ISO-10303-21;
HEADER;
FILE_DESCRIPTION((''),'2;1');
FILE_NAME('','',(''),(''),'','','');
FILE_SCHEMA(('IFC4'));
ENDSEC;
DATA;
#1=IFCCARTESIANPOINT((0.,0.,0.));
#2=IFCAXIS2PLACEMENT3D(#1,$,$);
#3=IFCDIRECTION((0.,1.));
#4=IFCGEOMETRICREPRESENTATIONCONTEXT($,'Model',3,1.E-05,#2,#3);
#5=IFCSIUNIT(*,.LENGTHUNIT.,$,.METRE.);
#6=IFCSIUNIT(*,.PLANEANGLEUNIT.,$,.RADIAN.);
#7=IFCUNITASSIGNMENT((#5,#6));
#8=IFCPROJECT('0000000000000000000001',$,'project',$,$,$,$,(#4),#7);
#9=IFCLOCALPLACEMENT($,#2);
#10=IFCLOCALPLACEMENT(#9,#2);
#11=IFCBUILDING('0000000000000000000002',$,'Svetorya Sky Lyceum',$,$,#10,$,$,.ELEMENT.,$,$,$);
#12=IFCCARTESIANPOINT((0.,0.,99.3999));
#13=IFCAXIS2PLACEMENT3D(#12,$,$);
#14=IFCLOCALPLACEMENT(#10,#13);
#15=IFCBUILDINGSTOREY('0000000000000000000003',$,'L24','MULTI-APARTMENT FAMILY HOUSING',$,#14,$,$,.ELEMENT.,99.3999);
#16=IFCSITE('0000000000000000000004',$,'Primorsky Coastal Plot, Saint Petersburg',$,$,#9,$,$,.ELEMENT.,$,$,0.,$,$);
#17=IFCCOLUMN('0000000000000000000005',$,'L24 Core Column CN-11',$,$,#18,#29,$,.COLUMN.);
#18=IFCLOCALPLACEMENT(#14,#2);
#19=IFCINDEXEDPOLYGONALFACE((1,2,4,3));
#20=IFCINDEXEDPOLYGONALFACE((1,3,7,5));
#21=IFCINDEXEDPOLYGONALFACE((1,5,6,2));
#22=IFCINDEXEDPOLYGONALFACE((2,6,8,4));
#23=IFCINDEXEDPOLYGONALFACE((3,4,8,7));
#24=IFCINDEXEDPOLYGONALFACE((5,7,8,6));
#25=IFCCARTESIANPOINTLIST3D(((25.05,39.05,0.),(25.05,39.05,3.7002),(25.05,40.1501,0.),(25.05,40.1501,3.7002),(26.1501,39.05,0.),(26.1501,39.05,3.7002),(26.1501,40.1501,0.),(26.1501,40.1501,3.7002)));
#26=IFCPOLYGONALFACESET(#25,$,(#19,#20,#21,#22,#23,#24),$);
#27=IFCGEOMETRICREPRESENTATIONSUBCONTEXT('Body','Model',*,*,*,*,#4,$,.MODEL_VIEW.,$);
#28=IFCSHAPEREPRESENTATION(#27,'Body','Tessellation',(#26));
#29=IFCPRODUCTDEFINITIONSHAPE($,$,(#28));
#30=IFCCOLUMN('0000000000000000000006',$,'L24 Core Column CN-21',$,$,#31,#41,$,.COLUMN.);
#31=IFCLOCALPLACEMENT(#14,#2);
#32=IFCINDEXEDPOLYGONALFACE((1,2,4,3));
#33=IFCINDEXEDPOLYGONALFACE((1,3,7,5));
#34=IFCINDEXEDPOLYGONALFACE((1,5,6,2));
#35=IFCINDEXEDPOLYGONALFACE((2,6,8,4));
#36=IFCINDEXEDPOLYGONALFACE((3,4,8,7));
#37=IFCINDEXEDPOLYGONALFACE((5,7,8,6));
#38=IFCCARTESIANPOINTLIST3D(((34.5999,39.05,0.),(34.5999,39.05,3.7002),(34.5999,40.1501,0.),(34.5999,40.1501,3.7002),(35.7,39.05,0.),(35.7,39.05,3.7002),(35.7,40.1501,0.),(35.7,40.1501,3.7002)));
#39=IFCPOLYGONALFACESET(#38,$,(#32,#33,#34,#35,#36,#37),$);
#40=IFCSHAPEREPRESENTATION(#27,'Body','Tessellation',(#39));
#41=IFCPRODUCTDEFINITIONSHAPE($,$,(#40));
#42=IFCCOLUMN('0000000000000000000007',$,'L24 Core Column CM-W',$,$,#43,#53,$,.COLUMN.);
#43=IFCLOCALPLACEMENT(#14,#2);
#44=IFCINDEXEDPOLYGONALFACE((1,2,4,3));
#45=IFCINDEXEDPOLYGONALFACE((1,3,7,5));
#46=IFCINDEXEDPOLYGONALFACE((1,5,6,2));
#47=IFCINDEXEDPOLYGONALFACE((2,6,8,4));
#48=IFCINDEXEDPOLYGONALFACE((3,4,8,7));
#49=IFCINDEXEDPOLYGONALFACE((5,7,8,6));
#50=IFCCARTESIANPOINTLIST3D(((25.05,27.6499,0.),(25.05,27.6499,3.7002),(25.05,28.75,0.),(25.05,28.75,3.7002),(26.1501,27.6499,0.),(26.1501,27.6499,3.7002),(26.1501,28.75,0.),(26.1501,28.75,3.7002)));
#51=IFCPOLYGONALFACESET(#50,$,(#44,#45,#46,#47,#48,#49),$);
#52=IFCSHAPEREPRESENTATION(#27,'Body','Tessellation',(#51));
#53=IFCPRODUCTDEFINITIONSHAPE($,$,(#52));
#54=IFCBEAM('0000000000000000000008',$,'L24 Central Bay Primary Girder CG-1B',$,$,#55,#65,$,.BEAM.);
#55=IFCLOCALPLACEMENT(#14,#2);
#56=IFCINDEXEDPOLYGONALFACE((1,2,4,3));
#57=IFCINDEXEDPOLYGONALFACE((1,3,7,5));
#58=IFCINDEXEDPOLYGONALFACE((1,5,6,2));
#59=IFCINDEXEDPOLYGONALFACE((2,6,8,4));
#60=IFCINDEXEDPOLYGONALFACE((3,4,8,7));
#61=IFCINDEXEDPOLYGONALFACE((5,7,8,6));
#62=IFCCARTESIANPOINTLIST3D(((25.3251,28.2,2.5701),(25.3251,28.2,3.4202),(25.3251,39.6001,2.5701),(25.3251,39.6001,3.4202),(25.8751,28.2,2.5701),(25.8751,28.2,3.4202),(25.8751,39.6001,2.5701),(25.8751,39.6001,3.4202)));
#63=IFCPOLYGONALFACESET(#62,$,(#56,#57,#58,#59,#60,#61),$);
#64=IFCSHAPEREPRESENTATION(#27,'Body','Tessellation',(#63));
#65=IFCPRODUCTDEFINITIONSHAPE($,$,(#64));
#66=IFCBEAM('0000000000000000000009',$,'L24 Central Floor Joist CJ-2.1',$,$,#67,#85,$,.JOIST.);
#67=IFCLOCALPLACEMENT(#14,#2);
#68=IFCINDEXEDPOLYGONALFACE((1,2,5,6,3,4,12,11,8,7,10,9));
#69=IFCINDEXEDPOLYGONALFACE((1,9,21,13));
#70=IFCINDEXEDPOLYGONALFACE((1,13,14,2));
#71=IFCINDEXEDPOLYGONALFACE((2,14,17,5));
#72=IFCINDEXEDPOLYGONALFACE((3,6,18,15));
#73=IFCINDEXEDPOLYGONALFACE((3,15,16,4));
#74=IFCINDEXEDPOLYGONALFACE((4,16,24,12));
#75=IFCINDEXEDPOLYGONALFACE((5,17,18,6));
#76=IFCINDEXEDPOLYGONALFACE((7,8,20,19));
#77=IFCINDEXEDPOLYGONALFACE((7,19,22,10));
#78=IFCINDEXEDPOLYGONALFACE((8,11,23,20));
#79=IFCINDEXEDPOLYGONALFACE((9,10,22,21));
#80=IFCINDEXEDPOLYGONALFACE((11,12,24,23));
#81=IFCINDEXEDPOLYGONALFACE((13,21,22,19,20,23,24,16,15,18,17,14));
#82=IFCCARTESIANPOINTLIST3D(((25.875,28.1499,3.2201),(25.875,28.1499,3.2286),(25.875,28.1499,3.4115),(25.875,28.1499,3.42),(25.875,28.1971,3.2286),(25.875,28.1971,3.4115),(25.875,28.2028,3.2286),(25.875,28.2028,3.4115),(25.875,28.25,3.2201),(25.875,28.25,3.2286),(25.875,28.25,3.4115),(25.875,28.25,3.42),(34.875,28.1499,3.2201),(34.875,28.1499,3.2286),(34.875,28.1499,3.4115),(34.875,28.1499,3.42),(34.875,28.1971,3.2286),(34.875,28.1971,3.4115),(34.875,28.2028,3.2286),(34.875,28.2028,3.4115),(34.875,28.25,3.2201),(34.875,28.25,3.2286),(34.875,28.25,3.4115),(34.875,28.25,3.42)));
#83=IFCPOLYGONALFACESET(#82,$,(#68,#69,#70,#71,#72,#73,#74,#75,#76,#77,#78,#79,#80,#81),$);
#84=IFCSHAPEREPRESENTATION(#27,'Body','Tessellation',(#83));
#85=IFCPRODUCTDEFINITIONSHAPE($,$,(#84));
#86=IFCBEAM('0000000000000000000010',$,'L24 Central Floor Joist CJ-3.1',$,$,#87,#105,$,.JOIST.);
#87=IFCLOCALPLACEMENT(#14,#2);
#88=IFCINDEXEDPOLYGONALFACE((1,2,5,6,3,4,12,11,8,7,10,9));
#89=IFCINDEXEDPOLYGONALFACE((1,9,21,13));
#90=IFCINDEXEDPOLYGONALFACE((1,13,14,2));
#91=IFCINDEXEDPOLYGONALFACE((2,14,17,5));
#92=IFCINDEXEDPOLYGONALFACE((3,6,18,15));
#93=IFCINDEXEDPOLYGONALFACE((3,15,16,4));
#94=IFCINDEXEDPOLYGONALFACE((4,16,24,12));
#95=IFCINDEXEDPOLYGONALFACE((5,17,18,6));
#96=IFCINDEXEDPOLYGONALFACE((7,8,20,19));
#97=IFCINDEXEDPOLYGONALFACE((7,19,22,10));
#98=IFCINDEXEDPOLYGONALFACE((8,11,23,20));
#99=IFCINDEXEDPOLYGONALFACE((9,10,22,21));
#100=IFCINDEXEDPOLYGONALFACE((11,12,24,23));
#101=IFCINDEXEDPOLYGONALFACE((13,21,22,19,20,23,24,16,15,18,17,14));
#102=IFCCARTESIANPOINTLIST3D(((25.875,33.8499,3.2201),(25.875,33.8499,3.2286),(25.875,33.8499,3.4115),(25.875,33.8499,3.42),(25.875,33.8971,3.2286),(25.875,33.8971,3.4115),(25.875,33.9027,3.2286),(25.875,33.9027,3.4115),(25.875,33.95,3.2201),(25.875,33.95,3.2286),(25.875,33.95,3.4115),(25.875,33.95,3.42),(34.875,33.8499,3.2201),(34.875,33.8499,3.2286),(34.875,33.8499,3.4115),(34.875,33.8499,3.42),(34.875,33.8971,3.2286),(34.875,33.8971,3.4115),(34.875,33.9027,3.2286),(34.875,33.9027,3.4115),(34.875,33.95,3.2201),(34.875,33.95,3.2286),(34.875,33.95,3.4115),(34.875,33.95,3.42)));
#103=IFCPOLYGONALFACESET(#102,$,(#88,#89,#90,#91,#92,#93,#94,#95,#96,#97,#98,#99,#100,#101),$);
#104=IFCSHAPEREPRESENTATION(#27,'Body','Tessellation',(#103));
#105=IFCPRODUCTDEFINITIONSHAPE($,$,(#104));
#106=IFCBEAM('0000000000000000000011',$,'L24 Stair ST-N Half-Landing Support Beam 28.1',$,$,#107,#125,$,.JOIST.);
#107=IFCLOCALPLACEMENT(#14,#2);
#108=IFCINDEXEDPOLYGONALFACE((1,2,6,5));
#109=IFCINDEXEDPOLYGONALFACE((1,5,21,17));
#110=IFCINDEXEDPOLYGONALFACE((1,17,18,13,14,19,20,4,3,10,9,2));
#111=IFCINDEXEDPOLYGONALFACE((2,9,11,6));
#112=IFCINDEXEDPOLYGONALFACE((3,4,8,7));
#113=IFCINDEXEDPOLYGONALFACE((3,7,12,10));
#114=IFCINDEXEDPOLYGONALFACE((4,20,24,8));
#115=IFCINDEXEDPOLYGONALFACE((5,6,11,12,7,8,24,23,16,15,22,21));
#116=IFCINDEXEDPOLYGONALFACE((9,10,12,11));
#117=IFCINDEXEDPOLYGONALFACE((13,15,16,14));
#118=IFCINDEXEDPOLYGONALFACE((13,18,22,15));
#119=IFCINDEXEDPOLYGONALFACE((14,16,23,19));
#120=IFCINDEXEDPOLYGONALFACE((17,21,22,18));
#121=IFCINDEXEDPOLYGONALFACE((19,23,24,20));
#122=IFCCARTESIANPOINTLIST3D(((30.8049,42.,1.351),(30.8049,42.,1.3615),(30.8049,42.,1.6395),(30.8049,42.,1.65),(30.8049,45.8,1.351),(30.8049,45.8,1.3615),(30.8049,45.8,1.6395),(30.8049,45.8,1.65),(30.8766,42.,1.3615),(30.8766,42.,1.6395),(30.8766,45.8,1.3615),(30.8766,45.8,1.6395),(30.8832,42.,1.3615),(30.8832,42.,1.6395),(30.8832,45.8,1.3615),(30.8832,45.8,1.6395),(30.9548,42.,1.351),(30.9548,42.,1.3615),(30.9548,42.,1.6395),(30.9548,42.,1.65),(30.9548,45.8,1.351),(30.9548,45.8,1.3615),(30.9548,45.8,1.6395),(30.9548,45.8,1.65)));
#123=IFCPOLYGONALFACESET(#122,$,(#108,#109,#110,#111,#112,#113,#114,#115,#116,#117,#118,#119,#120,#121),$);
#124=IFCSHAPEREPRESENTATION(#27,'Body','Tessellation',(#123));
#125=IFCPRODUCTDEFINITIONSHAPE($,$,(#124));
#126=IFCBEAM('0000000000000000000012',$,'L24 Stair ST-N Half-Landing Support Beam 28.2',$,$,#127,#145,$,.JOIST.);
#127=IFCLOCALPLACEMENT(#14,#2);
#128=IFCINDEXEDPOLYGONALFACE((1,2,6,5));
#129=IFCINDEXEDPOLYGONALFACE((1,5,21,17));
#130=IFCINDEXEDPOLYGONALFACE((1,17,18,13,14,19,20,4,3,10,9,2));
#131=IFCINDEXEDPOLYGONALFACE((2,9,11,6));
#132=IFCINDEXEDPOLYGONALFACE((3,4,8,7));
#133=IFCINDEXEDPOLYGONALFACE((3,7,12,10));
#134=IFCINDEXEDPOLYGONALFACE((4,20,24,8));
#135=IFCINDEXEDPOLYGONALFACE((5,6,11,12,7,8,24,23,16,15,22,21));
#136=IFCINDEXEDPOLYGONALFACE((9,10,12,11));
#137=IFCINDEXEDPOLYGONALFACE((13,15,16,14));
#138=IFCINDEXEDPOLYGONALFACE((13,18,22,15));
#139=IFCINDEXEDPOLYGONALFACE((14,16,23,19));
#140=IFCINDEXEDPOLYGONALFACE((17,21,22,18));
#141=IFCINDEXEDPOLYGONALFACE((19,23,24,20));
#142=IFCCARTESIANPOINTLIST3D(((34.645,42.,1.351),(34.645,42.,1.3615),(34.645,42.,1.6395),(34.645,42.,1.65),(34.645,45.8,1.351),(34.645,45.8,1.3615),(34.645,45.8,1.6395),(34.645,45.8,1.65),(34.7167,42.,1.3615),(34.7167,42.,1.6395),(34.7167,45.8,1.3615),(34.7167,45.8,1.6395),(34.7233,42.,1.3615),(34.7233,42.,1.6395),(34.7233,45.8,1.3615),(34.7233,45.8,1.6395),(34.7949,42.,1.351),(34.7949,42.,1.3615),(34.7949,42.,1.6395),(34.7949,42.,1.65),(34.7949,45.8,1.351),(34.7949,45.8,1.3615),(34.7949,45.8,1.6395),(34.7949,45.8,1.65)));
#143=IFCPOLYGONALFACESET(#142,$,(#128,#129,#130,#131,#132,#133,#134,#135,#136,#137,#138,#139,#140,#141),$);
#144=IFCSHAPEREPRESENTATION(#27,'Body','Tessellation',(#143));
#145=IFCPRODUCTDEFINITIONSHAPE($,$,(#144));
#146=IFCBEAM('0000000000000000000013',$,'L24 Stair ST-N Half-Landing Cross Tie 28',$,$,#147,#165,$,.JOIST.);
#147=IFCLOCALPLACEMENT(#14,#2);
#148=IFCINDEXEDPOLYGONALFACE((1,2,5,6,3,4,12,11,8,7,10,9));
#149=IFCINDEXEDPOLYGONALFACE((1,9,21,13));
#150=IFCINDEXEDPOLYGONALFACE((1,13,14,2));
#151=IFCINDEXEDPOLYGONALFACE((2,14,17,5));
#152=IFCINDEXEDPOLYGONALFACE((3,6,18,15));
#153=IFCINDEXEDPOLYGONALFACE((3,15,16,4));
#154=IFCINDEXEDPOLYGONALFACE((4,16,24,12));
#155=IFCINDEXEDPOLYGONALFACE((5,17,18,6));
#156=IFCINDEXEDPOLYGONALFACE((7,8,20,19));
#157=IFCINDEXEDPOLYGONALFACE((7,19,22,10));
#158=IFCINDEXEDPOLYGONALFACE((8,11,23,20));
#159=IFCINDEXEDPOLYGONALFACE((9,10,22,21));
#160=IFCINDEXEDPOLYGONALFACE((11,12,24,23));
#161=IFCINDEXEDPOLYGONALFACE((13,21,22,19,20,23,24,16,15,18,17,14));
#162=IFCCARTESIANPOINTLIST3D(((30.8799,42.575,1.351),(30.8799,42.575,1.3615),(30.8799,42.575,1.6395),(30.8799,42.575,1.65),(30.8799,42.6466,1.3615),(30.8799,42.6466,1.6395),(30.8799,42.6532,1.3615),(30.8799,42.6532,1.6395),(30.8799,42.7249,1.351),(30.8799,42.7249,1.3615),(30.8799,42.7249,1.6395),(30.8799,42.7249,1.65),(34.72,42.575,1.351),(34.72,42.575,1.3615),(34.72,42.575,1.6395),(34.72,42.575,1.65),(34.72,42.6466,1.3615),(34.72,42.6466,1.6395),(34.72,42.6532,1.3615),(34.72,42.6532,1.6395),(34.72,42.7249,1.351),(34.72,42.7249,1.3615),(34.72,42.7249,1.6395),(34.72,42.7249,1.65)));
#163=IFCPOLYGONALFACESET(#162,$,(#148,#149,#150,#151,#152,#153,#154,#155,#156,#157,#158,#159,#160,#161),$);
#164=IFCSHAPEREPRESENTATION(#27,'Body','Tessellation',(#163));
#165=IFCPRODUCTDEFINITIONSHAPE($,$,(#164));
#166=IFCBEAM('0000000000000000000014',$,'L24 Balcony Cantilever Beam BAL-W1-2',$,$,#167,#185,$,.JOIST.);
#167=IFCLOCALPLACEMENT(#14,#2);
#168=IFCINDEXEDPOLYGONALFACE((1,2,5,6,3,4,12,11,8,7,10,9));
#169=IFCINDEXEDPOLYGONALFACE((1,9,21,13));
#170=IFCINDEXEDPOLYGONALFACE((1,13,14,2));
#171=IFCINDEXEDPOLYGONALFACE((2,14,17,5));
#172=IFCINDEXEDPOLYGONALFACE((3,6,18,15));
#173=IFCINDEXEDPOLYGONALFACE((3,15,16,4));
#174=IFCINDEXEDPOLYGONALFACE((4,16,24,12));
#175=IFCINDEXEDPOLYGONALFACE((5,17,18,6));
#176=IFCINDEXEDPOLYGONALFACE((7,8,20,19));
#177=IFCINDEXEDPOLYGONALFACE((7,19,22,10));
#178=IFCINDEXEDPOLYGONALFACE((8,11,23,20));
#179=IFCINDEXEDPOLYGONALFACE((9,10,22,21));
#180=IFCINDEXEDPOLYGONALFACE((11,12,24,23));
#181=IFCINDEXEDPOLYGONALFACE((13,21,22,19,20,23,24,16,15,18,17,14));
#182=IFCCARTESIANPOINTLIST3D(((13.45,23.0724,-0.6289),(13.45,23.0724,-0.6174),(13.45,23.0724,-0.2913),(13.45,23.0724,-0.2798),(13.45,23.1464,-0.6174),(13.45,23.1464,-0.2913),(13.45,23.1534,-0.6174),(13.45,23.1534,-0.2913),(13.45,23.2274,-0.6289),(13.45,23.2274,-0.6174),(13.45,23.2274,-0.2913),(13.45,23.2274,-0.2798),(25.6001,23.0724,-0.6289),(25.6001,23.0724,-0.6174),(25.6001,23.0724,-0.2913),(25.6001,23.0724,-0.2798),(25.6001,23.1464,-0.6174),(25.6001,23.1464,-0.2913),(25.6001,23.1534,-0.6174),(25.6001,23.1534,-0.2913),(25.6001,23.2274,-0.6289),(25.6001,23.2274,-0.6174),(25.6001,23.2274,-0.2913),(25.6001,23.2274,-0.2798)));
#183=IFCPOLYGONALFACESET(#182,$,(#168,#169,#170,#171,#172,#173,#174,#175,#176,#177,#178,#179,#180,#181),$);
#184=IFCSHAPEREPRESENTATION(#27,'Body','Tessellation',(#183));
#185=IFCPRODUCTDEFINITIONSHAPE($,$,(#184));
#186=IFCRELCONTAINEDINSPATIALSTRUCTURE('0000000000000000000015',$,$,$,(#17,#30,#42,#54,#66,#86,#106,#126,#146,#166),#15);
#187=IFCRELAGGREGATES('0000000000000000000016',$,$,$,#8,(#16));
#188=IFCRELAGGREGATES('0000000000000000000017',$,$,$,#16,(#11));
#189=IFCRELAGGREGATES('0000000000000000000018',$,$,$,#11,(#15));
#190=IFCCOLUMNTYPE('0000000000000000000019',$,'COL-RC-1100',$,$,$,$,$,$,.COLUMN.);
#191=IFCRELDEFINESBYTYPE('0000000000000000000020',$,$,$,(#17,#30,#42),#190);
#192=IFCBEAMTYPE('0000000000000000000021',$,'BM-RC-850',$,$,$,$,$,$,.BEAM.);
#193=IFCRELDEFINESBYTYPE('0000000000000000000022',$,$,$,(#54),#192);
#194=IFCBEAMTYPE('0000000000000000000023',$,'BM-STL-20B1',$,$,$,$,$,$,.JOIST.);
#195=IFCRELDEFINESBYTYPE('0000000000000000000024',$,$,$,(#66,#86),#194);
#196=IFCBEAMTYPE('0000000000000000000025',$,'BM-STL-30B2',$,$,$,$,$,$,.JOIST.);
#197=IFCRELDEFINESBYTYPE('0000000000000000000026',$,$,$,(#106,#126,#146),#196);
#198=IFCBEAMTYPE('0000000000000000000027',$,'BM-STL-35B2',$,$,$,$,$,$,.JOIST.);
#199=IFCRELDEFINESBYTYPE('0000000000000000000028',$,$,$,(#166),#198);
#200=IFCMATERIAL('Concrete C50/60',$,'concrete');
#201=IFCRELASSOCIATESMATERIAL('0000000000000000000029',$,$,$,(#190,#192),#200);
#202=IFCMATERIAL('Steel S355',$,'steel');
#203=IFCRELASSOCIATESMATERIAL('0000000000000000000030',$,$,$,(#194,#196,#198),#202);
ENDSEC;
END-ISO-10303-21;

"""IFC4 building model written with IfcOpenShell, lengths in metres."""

from ifc_helpers import new_model, si_unit, direction, frame, origin, origin_2d, place, context, subcontext, project, spatial, rectangle, i_section, extrude, material, material_profile, profile_set, type_object, element, save


model = new_model("IFC4")

# Units and contexts
model_context = context("Model", 3, precision=1e-05, world=origin(), true_north=direction((0.0, 1.0)))
body_context = subcontext(model_context, "Body", "Model", "MODEL_VIEW")
ifc_project = project(units=[si_unit("LENGTHUNIT", "METRE"), si_unit("PLANEANGLEUNIT", "RADIAN")], contexts=[model_context])

# Site, building, storey
site_placement = place(None, origin())
site = spatial("IfcSite", under=ifc_project, at=site_placement, Name="Primorsky Coastal Plot, Saint Petersburg", CompositionType="ELEMENT", RefElevation=0.0)
building_placement = place(site_placement, origin())
building = spatial("IfcBuilding", under=site, at=building_placement, Name="Svetorya Sky Lyceum", CompositionType="ELEMENT")
storey_placement = place(building_placement, frame((0.0, 0.0, 99.3999)))
storey = spatial("IfcBuildingStorey", under=building, at=storey_placement, Name="L24", Description="MULTI-APARTMENT FAMILY HOUSING", CompositionType="ELEMENT", Elevation=99.3999)

# Columns
ifc_material_1 = material(Name="Concrete C50/60", Category="concrete")
ifc_material_profile_1 = material_profile(ifc_material_1, rectangle(XDim=1.1001, YDim=1.1001, at=origin_2d()), Name="RC COL 1100x1100")
ifc_profile_set_1 = profile_set([ifc_material_profile_1], Name="Concrete C50/60")
column_type = type_object("IfcColumnType", Name="COL-RC-1100", PredefinedType="COLUMN", material=ifc_profile_set_1)
for number, where, z_axis, x_axis, name in (
    (1, (25.6001, 39.6001, 0.0), (0.0, 0.0, 1.0), (1.0, 0.0, 0.0), "L24 Core Column CN-11"),
    (2, (35.1499, 39.6001, 0.0), (0.0, 0.0, 1.0), (1.0, 0.0, 0.0), "L24 Core Column CN-21"),
    (3, (25.6001, 28.2, 0.0), (0.0, 0.0, 1.0), (1.0, 0.0, 0.0), "L24 Core Column CM-W"),
):
    element("IfcColumn", number, at=place(storey_placement, frame(where, z_axis=z_axis, x_axis=x_axis)), inside=storey, type_object=column_type, Name=name, PredefinedType="COLUMN", context=body_context, shape_type="SweptSolid", body=[
        extrude(rectangle(XDim=1.1001, YDim=1.1001, at=origin_2d()), origin(), (0.0, 0.0, 1.0), 3.7002),
    ])

# Beams
ifc_material_profile_2 = material_profile(ifc_material_1, rectangle(XDim=0.55, YDim=0.8501, at=origin_2d()), Name="RC BEAM 550x850")
ifc_profile_set_2 = profile_set([ifc_material_profile_2], Name="Concrete C50/60")
beam_type_1 = type_object("IfcBeamType", Name="BM-RC-850", PredefinedType="BEAM", material=ifc_profile_set_2)
beam_1_placement = place(storey_placement, frame((25.6001, 28.2, 2.9951), z_axis=(0.0, 1.0, 0.0), x_axis=(-1.0, 0.0, 0.0)))
element("IfcBeam", 4, at=beam_1_placement, inside=storey, type_object=beam_type_1, Name="L24 Central Bay Primary Girder CG-1B", PredefinedType="BEAM", context=body_context, shape_type="SweptSolid", body=[
    extrude(rectangle(XDim=0.55, YDim=0.8501, at=origin_2d()), origin(), (0.0, 0.0, 1.0), 11.4001),
])
ifc_material_2 = material(Name="Steel S355", Category="steel")
ifc_material_profile_3 = material_profile(ifc_material_2, i_section(OverallWidth=0.1001, OverallDepth=0.2, WebThickness=0.0056, FlangeThickness=0.0085, at=origin_2d()), Name="GOST 20B1")
ifc_profile_set_3 = profile_set([ifc_material_profile_3], Name="Steel S355")
beam_type_2 = type_object("IfcBeamType", Name="BM-STL-20B1", PredefinedType="JOIST", material=ifc_profile_set_3)
for number, where, z_axis, x_axis, name in (
    (5, (25.875, 28.2, 3.3201), (1.0, 0.0, 0.0), (0.0, 1.0, 0.0), "L24 Central Floor Joist CJ-2.1"),
    (6, (25.875, 33.8999, 3.3201), (1.0, 0.0, 0.0), (0.0, 1.0, 0.0), "L24 Central Floor Joist CJ-3.1"),
):
    element("IfcBeam", number, at=place(storey_placement, frame(where, z_axis=z_axis, x_axis=x_axis)), inside=storey, type_object=beam_type_2, Name=name, PredefinedType="JOIST", context=body_context, shape_type="SweptSolid", body=[
        extrude(i_section(OverallWidth=0.1001, OverallDepth=0.2, WebThickness=0.0056, FlangeThickness=0.0085, at=origin_2d()), origin(), (0.0, 0.0, 1.0), 9.0),
    ])
ifc_material_profile_4 = material_profile(ifc_material_2, i_section(OverallWidth=0.1499, OverallDepth=0.2991, WebThickness=0.0066, FlangeThickness=0.0105, at=origin_2d()), Name="GOST 30B2")
ifc_profile_set_4 = profile_set([ifc_material_profile_4], Name="Steel S355")
beam_type_3 = type_object("IfcBeamType", Name="BM-STL-30B2", PredefinedType="JOIST", material=ifc_profile_set_4)
for number, where, z_axis, x_axis, name in (
    (7, (30.8799, 42.0, 1.5005), (0.0, 1.0, 0.0), (-1.0, 0.0, 0.0), "L24 Stair ST-N Half-Landing Support Beam 28.1"),
    (8, (34.72, 42.0, 1.5005), (0.0, 1.0, 0.0), (-1.0, 0.0, 0.0), "L24 Stair ST-N Half-Landing Support Beam 28.2"),
):
    element("IfcBeam", number, at=place(storey_placement, frame(where, z_axis=z_axis, x_axis=x_axis)), inside=storey, type_object=beam_type_3, Name=name, PredefinedType="JOIST", context=body_context, shape_type="SweptSolid", body=[
        extrude(i_section(OverallWidth=0.1499, OverallDepth=0.2991, WebThickness=0.0066, FlangeThickness=0.0105, at=origin_2d()), origin(), (0.0, 0.0, 1.0), 3.8),
    ])
beam_2_placement = place(storey_placement, frame((30.8799, 42.6499, 1.5005), z_axis=(1.0, 0.0, 0.0), x_axis=(0.0, 1.0, 0.0)))
element("IfcBeam", 9, at=beam_2_placement, inside=storey, type_object=beam_type_3, Name="L24 Stair ST-N Half-Landing Cross Tie 28", PredefinedType="JOIST", context=body_context, shape_type="SweptSolid", body=[
    extrude(i_section(OverallWidth=0.1499, OverallDepth=0.2991, WebThickness=0.0066, FlangeThickness=0.0105, at=origin_2d()), origin(), (0.0, 0.0, 1.0), 3.8401),
])
ifc_material_profile_5 = material_profile(ifc_material_2, i_section(OverallWidth=0.155, OverallDepth=0.3491, WebThickness=0.0071, FlangeThickness=0.0115, at=origin_2d()), Name="GOST 35B2")
ifc_profile_set_5 = profile_set([ifc_material_profile_5], Name="Steel S355")
beam_type_4 = type_object("IfcBeamType", Name="BM-STL-35B2", PredefinedType="JOIST", material=ifc_profile_set_5)
beam_3_placement = place(storey_placement, frame((25.6001, 23.1499, -0.4543), z_axis=(-1.0, 0.0, 0.0), x_axis=(0.0, -1.0, 0.0)))
element("IfcBeam", 10, at=beam_3_placement, inside=storey, type_object=beam_type_4, Name="L24 Balcony Cantilever Beam BAL-W1-2", PredefinedType="JOIST", context=body_context, shape_type="SweptSolid", body=[
    extrude(i_section(OverallWidth=0.155, OverallDepth=0.3491, WebThickness=0.0071, FlangeThickness=0.0115, at=origin_2d()), origin(), (0.0, 0.0, 1.0), 12.1501),
])

save(model, "model.ifc")
